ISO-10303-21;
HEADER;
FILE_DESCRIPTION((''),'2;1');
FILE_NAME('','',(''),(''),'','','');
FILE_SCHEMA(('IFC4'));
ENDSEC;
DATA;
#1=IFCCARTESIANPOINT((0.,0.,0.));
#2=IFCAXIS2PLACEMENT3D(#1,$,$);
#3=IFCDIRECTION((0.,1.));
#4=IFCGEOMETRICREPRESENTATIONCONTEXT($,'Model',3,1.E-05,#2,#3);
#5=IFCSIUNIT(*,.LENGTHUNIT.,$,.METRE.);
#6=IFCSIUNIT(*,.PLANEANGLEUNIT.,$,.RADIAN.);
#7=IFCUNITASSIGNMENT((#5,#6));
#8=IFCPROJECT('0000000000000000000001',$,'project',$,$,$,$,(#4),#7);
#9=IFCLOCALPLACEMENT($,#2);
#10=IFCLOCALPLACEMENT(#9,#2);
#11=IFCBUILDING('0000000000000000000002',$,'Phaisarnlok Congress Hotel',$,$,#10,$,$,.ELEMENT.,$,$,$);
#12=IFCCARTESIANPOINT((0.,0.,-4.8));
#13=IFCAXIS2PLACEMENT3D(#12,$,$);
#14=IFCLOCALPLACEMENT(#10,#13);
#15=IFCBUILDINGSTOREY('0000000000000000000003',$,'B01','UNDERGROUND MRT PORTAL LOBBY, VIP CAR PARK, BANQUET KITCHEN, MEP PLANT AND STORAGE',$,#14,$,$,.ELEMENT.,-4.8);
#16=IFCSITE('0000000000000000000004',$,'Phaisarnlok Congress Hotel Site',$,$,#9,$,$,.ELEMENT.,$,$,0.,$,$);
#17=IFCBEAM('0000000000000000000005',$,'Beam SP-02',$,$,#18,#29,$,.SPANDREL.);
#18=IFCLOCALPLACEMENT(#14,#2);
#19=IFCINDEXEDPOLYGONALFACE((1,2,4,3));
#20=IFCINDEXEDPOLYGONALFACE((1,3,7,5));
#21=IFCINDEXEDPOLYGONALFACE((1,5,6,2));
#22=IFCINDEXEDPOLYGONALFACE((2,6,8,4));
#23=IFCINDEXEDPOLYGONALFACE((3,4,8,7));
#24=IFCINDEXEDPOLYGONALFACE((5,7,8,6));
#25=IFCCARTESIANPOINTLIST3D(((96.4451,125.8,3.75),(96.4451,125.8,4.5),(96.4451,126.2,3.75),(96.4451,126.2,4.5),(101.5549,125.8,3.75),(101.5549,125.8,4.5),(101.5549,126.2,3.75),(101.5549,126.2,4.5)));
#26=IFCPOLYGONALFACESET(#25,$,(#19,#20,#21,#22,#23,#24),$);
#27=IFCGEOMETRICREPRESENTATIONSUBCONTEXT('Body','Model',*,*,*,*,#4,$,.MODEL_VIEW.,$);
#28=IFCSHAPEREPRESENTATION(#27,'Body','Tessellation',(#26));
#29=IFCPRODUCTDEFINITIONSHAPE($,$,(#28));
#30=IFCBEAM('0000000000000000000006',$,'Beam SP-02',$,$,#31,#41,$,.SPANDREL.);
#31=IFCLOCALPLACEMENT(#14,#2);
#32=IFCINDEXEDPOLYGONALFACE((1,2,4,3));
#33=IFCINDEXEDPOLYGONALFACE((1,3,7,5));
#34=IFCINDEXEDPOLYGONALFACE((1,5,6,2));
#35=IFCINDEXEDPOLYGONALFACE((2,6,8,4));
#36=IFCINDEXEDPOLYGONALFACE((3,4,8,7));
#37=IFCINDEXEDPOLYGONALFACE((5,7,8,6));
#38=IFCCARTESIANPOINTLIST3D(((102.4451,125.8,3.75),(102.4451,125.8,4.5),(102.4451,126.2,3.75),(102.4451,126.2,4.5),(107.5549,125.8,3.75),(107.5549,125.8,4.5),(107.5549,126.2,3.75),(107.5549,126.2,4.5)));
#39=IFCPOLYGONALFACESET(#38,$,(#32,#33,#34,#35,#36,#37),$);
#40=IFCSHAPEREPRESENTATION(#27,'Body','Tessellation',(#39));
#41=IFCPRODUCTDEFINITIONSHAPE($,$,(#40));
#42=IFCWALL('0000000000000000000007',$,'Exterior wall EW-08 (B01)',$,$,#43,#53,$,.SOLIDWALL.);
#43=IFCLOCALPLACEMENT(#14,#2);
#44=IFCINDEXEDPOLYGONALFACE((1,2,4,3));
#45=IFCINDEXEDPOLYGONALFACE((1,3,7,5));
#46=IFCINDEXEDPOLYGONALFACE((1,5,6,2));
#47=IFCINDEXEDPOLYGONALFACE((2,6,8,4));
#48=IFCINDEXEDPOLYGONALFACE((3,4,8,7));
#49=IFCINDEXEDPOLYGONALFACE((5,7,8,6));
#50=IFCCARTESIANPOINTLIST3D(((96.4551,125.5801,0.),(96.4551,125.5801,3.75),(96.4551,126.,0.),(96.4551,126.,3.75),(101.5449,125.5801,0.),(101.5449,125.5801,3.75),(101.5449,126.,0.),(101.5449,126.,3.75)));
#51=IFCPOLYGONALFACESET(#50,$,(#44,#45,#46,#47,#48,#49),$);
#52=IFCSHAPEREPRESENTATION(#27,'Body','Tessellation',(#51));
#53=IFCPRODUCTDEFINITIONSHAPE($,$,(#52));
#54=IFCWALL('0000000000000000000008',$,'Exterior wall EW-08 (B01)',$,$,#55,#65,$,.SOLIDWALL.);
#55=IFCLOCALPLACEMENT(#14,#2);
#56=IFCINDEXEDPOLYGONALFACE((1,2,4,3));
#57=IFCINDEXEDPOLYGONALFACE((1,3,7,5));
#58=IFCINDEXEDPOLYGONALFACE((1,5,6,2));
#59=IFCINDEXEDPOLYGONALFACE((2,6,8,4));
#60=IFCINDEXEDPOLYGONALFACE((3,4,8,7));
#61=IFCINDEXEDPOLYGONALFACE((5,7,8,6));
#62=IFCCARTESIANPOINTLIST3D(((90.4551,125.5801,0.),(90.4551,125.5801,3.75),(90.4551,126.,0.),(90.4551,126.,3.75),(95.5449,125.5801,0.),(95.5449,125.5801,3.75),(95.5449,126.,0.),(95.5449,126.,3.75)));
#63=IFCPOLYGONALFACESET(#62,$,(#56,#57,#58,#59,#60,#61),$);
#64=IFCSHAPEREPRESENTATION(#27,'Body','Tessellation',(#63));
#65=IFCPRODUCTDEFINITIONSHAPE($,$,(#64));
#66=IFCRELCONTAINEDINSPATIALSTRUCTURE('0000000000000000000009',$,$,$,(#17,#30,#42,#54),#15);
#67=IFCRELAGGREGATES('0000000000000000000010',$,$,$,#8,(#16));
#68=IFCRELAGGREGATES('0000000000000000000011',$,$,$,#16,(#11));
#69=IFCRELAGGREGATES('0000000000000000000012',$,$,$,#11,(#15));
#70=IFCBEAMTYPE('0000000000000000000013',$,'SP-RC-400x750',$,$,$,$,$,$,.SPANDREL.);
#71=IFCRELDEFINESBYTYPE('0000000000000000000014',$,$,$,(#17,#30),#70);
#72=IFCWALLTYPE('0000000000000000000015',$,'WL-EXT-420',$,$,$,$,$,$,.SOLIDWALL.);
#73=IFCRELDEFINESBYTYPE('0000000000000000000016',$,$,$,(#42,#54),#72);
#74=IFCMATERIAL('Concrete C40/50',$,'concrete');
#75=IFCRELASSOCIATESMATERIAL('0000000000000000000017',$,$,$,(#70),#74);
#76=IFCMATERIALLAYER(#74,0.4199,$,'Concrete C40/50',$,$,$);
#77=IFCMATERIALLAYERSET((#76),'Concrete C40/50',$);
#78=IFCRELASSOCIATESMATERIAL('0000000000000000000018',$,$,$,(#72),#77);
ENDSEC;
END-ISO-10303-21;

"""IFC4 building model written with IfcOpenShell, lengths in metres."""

from ifc_helpers import new_model, si_unit, direction, frame, frame_2d, origin, origin_2d, place, context, subcontext, project, spatial, rectangle, extrude, material, layer, layer_set, material_profile, profile_set, type_object, element, save


model = new_model("IFC4")

# Units and contexts
model_context = context("Model", 3, precision=1e-05, world=origin(), true_north=direction((0.0, 1.0)))
body_context = subcontext(model_context, "Body", "Model", "MODEL_VIEW")
ifc_project = project(units=[si_unit("LENGTHUNIT", "METRE"), si_unit("PLANEANGLEUNIT", "RADIAN")], contexts=[model_context])

# Site, building, storey
site_placement = place(None, origin())
site = spatial("IfcSite", under=ifc_project, at=site_placement, Name="Phaisarnlok Congress Hotel Site", CompositionType="ELEMENT", RefElevation=0.0)
building_placement = place(site_placement, origin())
building = spatial("IfcBuilding", under=site, at=building_placement, Name="Phaisarnlok Congress Hotel", CompositionType="ELEMENT")
storey_placement = place(building_placement, frame((0.0, 0.0, -4.8)))
storey = spatial("IfcBuildingStorey", under=building, at=storey_placement, Name="B01", Description="UNDERGROUND MRT PORTAL LOBBY, VIP CAR PARK, BANQUET KITCHEN, MEP PLANT AND STORAGE", CompositionType="ELEMENT", Elevation=-4.8)

# Shared definitions
ifc_material_1 = material(Name="Concrete C40/50", Category="concrete")

# Beams
ifc_material_profile_1 = material_profile(ifc_material_1, rectangle(XDim=0.3999, YDim=0.75, at=origin_2d()), Name="RC 400x750")
ifc_profile_set_1 = profile_set([ifc_material_profile_1], Name="Concrete C40/50")
beam_type_1 = type_object("IfcBeamType", Name="SP-RC-400x750", PredefinedType="SPANDREL", material=ifc_profile_set_1)
for number, where, z_axis, x_axis, name in (
    (1, (96.4451, 126.0, 4.125), (1.0, 0.0, 0.0), (0.0, 1.0, 0.0), "Beam SP-02"),
    (2, (102.4451, 126.0, 4.125), (1.0, 0.0, 0.0), (0.0, 1.0, 0.0), "Beam SP-02"),
):
    element("IfcBeam", number, at=place(storey_placement, frame(where, z_axis=z_axis, x_axis=x_axis)), inside=storey, type_object=beam_type_1, Name=name, PredefinedType="SPANDREL", context=body_context, shape_type="SweptSolid", body=[
        extrude(rectangle(XDim=0.3999, YDim=0.75, at=origin_2d()), origin(), (0.0, 0.0, 1.0), 5.1099),
    ])

# Walls
ifc_layer = layer(ifc_material_1, 0.4199, Name="Concrete C40/50")
ifc_layer_set = layer_set([ifc_layer], Name="Concrete C40/50")
wall_type = type_object("IfcWallType", Name="WL-EXT-420", PredefinedType="SOLIDWALL", material=ifc_layer_set)
for number, where, z_axis, x_axis, name in (
    (3, (101.5449, 125.79, 0.0), (0.0, 0.0, 1.0), (-1.0, 0.0, 0.0), "Exterior wall EW-08 (B01)"),
    (4, (95.5449, 125.79, 0.0), (0.0, 0.0, 1.0), (-1.0, 0.0, 0.0), "Exterior wall EW-08 (B01)"),
):
    element("IfcWall", number, at=place(storey_placement, frame(where, z_axis=z_axis, x_axis=x_axis)), inside=storey, type_object=wall_type, Name=name, PredefinedType="SOLIDWALL", context=body_context, shape_type="SweptSolid", body=[
        extrude(rectangle(XDim=5.0898, YDim=0.4199, at=frame_2d((2.5449, 0.0))), origin(), (0.0, 0.0, 1.0), 3.75),
    ])

save(model, "model.ifc")
